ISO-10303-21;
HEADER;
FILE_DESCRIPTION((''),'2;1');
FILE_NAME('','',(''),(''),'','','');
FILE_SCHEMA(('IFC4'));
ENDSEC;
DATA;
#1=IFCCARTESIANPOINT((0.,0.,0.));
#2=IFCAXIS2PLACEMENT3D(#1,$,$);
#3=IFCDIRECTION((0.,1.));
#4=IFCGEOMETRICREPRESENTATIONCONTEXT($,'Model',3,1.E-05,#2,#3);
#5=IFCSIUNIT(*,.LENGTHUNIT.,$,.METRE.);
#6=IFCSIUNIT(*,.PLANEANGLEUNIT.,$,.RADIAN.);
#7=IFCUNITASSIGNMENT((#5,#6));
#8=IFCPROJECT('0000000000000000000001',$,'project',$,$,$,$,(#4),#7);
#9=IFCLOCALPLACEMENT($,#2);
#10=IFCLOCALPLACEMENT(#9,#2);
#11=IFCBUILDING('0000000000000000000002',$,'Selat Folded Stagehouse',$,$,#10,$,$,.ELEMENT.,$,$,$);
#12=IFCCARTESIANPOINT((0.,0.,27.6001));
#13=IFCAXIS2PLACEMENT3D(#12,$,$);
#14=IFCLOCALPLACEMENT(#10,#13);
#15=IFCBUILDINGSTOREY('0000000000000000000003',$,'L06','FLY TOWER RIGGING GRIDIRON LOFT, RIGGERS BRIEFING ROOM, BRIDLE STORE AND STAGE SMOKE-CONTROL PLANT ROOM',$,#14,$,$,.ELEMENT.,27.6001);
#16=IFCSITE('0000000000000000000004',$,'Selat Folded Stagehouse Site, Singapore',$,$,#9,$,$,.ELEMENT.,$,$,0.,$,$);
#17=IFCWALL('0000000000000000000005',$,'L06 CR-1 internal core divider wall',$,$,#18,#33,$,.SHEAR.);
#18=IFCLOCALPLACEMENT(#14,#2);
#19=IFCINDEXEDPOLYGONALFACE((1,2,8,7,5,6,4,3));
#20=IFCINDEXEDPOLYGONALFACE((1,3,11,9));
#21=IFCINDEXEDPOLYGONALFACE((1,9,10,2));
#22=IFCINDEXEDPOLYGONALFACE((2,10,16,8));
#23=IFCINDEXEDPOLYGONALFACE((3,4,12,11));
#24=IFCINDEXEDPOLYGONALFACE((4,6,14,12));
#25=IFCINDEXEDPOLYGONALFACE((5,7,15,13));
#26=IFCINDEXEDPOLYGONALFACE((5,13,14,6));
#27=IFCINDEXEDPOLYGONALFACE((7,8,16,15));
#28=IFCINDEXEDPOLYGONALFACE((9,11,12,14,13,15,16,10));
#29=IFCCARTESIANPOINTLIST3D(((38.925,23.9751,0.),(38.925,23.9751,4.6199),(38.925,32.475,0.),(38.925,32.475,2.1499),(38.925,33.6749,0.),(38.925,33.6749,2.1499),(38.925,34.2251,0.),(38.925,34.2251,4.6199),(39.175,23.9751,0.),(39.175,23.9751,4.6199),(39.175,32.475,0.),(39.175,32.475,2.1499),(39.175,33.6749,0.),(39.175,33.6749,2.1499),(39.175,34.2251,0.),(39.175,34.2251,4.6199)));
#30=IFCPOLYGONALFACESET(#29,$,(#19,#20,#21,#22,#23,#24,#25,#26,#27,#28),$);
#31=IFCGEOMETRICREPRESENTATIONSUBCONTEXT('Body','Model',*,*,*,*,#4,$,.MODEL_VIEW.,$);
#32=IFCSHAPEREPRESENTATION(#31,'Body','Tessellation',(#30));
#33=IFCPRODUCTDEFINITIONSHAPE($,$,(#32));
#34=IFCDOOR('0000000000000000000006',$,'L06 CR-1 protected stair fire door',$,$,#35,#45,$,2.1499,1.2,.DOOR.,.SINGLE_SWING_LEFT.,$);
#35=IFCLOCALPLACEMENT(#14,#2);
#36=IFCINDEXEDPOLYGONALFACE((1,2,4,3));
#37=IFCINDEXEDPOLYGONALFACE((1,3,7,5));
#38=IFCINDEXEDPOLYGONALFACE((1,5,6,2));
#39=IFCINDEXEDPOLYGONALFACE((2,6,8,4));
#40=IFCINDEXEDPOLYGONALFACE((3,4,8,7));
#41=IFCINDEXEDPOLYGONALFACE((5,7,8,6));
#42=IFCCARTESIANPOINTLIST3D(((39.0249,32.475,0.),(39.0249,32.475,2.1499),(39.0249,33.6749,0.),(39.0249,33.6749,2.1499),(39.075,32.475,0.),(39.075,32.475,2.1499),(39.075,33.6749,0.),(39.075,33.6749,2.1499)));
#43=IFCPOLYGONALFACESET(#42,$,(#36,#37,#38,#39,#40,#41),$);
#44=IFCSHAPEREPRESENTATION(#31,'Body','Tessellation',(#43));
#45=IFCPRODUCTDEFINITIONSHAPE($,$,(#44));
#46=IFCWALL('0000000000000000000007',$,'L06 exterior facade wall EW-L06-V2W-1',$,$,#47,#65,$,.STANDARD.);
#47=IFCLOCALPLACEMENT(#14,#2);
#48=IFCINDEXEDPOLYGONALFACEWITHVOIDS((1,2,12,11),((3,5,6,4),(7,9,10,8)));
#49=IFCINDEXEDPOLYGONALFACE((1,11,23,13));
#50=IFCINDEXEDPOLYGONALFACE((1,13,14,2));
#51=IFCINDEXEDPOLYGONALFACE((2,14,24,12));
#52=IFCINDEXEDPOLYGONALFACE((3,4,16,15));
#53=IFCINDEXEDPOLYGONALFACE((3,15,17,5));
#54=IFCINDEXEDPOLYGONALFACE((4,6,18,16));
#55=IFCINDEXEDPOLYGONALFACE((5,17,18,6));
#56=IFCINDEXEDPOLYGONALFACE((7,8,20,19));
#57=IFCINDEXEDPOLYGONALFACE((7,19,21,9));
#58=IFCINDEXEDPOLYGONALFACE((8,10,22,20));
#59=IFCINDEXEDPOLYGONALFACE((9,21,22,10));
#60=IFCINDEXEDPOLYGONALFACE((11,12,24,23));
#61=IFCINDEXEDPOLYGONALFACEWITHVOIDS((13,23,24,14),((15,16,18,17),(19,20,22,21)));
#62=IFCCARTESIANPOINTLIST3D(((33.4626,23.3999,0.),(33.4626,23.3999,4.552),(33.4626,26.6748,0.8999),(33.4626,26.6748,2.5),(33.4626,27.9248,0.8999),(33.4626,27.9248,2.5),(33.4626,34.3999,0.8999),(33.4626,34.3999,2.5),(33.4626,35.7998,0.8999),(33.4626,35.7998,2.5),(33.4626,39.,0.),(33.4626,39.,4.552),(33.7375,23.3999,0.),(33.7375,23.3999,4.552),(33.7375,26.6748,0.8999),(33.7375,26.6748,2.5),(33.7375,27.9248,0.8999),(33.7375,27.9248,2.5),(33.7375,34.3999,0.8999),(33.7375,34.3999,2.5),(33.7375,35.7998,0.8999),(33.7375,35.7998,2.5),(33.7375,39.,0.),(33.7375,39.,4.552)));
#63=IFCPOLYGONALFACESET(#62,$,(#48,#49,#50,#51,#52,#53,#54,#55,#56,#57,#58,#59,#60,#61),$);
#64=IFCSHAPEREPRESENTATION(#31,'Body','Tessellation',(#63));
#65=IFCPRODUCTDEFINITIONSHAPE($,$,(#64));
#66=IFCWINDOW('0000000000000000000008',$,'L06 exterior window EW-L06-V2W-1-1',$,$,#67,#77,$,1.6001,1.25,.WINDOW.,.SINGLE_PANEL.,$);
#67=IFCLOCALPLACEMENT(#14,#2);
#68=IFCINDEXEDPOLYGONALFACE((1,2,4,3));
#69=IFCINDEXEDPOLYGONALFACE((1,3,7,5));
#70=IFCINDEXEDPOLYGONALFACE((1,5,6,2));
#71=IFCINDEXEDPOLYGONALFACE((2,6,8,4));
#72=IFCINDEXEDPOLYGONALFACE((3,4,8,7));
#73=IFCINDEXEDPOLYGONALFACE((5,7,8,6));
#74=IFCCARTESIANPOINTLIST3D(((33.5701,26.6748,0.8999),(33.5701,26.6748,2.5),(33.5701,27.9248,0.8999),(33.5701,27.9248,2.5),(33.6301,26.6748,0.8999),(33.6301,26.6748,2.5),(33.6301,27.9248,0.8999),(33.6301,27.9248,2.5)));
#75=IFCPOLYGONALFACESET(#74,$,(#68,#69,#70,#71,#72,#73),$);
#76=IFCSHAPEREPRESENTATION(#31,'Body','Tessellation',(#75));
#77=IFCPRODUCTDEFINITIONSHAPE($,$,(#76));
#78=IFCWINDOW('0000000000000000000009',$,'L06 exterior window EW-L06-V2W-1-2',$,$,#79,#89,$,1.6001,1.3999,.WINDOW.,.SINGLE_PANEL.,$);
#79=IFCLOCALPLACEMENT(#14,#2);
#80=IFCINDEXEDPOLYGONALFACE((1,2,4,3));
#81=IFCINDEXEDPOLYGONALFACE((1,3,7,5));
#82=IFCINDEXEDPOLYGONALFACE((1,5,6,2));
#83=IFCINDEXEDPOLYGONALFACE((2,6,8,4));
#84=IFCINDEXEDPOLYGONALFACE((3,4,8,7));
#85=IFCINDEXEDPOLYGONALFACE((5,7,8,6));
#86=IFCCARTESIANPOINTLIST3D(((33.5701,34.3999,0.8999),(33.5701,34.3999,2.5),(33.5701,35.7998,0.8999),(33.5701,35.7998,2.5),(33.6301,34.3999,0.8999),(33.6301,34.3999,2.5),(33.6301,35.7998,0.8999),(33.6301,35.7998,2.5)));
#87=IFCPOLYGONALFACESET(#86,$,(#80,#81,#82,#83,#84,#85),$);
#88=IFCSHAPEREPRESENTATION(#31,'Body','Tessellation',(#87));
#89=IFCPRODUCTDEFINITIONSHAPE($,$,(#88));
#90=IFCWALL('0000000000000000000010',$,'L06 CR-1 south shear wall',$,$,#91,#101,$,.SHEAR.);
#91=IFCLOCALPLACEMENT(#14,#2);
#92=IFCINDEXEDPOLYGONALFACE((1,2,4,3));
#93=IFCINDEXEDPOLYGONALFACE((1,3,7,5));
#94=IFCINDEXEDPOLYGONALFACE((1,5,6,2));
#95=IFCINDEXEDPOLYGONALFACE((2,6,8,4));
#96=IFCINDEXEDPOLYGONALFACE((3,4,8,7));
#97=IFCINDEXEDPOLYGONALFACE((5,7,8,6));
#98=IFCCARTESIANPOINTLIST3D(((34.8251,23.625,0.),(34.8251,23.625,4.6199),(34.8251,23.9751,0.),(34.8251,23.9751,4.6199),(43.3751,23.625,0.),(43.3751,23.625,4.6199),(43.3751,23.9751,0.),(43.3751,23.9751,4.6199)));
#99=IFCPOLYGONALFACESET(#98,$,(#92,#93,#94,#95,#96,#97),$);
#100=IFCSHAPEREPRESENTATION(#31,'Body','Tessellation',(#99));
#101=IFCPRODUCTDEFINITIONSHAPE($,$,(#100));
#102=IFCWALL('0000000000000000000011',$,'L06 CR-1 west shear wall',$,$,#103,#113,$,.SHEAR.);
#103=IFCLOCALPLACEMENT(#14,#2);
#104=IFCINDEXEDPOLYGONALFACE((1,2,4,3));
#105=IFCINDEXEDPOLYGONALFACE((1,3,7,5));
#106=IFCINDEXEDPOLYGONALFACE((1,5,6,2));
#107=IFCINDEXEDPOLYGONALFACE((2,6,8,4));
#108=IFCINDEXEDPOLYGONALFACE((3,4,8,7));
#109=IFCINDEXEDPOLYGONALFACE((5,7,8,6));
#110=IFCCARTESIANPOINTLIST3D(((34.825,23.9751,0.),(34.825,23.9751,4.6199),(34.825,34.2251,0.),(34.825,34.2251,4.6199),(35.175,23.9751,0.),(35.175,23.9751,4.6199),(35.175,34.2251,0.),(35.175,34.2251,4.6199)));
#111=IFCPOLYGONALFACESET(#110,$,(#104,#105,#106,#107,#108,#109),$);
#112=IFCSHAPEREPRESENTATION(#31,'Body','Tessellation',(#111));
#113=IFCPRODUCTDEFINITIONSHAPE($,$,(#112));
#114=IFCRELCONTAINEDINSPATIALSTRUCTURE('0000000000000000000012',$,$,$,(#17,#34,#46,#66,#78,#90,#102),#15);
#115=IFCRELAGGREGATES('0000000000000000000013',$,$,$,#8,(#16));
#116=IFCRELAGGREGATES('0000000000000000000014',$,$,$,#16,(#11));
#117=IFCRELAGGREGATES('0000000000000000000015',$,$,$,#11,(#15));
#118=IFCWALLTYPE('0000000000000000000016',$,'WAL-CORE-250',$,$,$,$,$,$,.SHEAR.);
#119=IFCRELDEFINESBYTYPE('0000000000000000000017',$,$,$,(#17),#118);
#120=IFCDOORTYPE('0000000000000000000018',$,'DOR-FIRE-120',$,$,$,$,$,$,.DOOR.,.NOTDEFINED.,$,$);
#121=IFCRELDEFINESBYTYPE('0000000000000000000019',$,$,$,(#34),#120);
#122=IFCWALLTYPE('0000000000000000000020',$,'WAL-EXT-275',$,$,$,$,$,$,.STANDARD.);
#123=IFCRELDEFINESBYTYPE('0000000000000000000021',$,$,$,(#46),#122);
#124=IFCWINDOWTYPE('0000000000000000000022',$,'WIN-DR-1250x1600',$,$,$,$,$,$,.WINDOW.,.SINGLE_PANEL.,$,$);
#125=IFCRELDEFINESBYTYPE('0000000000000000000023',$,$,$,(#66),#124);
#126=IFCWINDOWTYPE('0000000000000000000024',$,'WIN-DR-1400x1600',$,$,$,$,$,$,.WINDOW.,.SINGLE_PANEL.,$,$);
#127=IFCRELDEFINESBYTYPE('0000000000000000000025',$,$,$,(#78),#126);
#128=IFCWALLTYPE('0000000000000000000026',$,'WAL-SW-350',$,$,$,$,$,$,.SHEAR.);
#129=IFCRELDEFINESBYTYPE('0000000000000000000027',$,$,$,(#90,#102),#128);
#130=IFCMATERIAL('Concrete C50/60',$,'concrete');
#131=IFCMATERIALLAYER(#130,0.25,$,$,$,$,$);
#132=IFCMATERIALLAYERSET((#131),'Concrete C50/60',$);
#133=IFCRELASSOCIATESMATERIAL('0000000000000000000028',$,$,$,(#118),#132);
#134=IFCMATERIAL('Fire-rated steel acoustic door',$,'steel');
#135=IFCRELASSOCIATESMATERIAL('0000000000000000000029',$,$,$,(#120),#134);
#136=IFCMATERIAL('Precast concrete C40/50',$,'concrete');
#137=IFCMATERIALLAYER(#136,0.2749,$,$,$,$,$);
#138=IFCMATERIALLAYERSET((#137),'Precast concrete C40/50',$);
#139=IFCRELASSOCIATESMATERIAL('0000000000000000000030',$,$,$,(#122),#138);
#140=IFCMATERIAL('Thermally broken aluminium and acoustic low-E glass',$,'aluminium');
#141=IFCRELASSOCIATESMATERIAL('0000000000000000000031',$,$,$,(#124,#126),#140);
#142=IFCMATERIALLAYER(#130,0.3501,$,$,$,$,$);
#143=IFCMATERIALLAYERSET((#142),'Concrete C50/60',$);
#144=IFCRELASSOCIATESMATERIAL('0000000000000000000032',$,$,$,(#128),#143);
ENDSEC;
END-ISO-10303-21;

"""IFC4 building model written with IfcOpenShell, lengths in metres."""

from ifc_helpers import new_model, si_unit, direction, frame, frame_2d, origin, place, context, subcontext, project, spatial, rectangle, extrude, material, layer, layer_set, type_object, element, fill, save


model = new_model("IFC4")

# Units and contexts
model_context = context("Model", 3, precision=1e-05, world=origin(), true_north=direction((0.0, 1.0)))
body_context = subcontext(model_context, "Body", "Model", "MODEL_VIEW")
ifc_project = project(units=[si_unit("LENGTHUNIT", "METRE"), si_unit("PLANEANGLEUNIT", "RADIAN")], contexts=[model_context])

# Site, building, storey
site_placement = place(None, origin())
site = spatial("IfcSite", under=ifc_project, at=site_placement, Name="Selat Folded Stagehouse Site, Singapore", CompositionType="ELEMENT", RefElevation=0.0)
building_placement = place(site_placement, origin())
building = spatial("IfcBuilding", under=site, at=building_placement, Name="Selat Folded Stagehouse", CompositionType="ELEMENT")
storey_placement = place(building_placement, frame((0.0, 0.0, 27.6001)))
storey = spatial("IfcBuildingStorey", under=building, at=storey_placement, Name="L06", Description="FLY TOWER RIGGING GRIDIRON LOFT, RIGGERS BRIEFING ROOM, BRIDLE STORE AND STAGE SMOKE-CONTROL PLANT ROOM", CompositionType="ELEMENT", Elevation=27.6001)

# Wall, opening, door
ifc_material_1 = material(Name="Concrete C50/60", Category="concrete")
ifc_layer_1 = layer(ifc_material_1, 0.25)
ifc_layer_set_1 = layer_set([ifc_layer_1], Name="Concrete C50/60")
wall_type_1 = type_object("IfcWallType", Name="WAL-CORE-250", PredefinedType="SHEAR", material=ifc_layer_set_1)
wall_1_placement = place(storey_placement, frame((39.05, 34.2251, 0.0), z_axis=(0.0, 0.0, 1.0), x_axis=(0.0, -1.0, 0.0)))
wall_1 = element("IfcWall", 1, at=wall_1_placement, inside=storey, type_object=wall_type_1, Name="L06 CR-1 internal core divider wall", PredefinedType="SHEAR", context=body_context, shape_type="SweptSolid", body=[
    extrude(rectangle(XDim=10.25, YDim=0.25, at=frame_2d((5.125, 0.0))), origin(), (0.0, 0.0, 1.0), 4.6199),
])
opening_1_placement = place(wall_1_placement, frame((0.55, 0.0, 0.0)))
opening_1 = element("IfcOpeningElement", 2, at=opening_1_placement, cuts=wall_1, PredefinedType="OPENING", context=body_context, shape_type="SweptSolid", body=[
    extrude(rectangle(XDim=1.2, YDim=2.1499, at=frame_2d((0.6001, 1.075))), frame((0.0, 0.135, 0.0), z_axis=(0.0, -1.0, 0.0), x_axis=(1.0, 0.0, 0.0)), (0.0, 0.0, 1.0), 0.27),
])
ifc_material_2 = material(Name="Fire-rated steel acoustic door", Category="steel")
door_type_1 = type_object("IfcDoorType", Name="DOR-FIRE-120", OperationType="NOTDEFINED", PredefinedType="DOOR", material=ifc_material_2)
door_1_placement = place(opening_1_placement, origin())
door_1 = element("IfcDoor", 3, at=door_1_placement, inside=storey, type_object=door_type_1, Name="L06 CR-1 protected stair fire door", OperationType="SINGLE_SWING_LEFT", OverallHeight=2.1499, OverallWidth=1.2, PredefinedType="DOOR", context=body_context, shape_type="SweptSolid", body=[
    extrude(rectangle(XDim=1.2, YDim=2.1499, at=frame_2d((0.6001, 1.075))), frame((0.0, 0.0249, 0.0), z_axis=(0.0, -1.0, 0.0), x_axis=(1.0, 0.0, 0.0)), (0.0, 0.0, 1.0), 0.05),
])
fill(opening_1, door_1)

# Wall, openings, windows
ifc_material_3 = material(Name="Precast concrete C40/50", Category="concrete")
ifc_layer_2 = layer(ifc_material_3, 0.2749)
ifc_layer_set_2 = layer_set([ifc_layer_2], Name="Precast concrete C40/50")
wall_type_2 = type_object("IfcWallType", Name="WAL-EXT-275", PredefinedType="STANDARD", material=ifc_layer_set_2)
wall_2_placement = place(storey_placement, frame((33.6001, 23.3999, 0.0), z_axis=(0.0, 0.0, 1.0), x_axis=(0.0, 1.0, 0.0)))
wall_2 = element("IfcWall", 4, at=wall_2_placement, inside=storey, type_object=wall_type_2, Name="L06 exterior facade wall EW-L06-V2W-1", PredefinedType="STANDARD", context=body_context, shape_type="SweptSolid", body=[
    extrude(rectangle(XDim=15.6001, YDim=0.2749, at=frame_2d((7.8, 0.0))), origin(), (0.0, 0.0, 1.0), 4.552),
])
opening_2_placement = place(wall_2_placement, frame((3.2749, 0.0, 0.8999)))
opening_2 = element("IfcOpeningElement", 5, at=opening_2_placement, cuts=wall_2, PredefinedType="OPENING", context=body_context, shape_type="SweptSolid", body=[
    extrude(rectangle(XDim=1.25, YDim=1.6001, at=frame_2d((0.625, 0.8))), frame((0.0, 0.1475, 0.0), z_axis=(0.0, -1.0, 0.0), x_axis=(1.0, 0.0, 0.0)), (0.0, 0.0, 1.0), 0.2949),
])
opening_3_placement = place(wall_2_placement, frame((11.0, 0.0, 0.8999)))
opening_3 = element("IfcOpeningElement", 6, at=opening_3_placement, cuts=wall_2, PredefinedType="OPENING", context=body_context, shape_type="SweptSolid", body=[
    extrude(rectangle(XDim=1.3999, YDim=1.6001, at=frame_2d((0.7, 0.8))), frame((0.0, 0.1475, 0.0), z_axis=(0.0, -1.0, 0.0), x_axis=(1.0, 0.0, 0.0)), (0.0, 0.0, 1.0), 0.2949),
])
ifc_material_4 = material(Name="Thermally broken aluminium and acoustic low-E glass", Category="aluminium")
window_type_1 = type_object("IfcWindowType", Name="WIN-DR-1250x1600", PartitioningType="SINGLE_PANEL", PredefinedType="WINDOW", material=ifc_material_4)
window_1_placement = place(opening_2_placement, origin())
window_1 = element("IfcWindow", 7, at=window_1_placement, inside=storey, type_object=window_type_1, Name="L06 exterior window EW-L06-V2W-1-1", OverallHeight=1.6001, OverallWidth=1.25, PartitioningType="SINGLE_PANEL", PredefinedType="WINDOW", context=body_context, shape_type="SweptSolid", body=[
    extrude(rectangle(XDim=1.25, YDim=1.6001, at=frame_2d((0.625, 0.8))), frame((0.0, 0.03, 0.0), z_axis=(0.0, -1.0, 0.0), x_axis=(1.0, 0.0, 0.0)), (0.0, 0.0, 1.0), 0.0601),
])
fill(opening_2, window_1)
window_type_2 = type_object("IfcWindowType", Name="WIN-DR-1400x1600", PartitioningType="SINGLE_PANEL", PredefinedType="WINDOW", material=ifc_material_4)
window_2_placement = place(opening_3_placement, origin())
window_2 = element("IfcWindow", 8, at=window_2_placement, inside=storey, type_object=window_type_2, Name="L06 exterior window EW-L06-V2W-1-2", OverallHeight=1.6001, OverallWidth=1.3999, PartitioningType="SINGLE_PANEL", PredefinedType="WINDOW", context=body_context, shape_type="SweptSolid", body=[
    extrude(rectangle(XDim=1.3999, YDim=1.6001, at=frame_2d((0.7, 0.8))), frame((0.0, 0.03, 0.0), z_axis=(0.0, -1.0, 0.0), x_axis=(1.0, 0.0, 0.0)), (0.0, 0.0, 1.0), 0.0601),
])
fill(opening_3, window_2)

# Walls
ifc_layer_3 = layer(ifc_material_1, 0.3501)
ifc_layer_set_3 = layer_set([ifc_layer_3], Name="Concrete C50/60")
wall_type_3 = type_object("IfcWallType", Name="WAL-SW-350", PredefinedType="SHEAR", material=ifc_layer_set_3)
wall_3_placement = place(storey_placement, frame((43.375, 23.8, 0.0), z_axis=(0.0, 0.0, 1.0), x_axis=(-1.0, 0.0, 0.0)))
element("IfcWall", 9, at=wall_3_placement, inside=storey, type_object=wall_type_3, Name="L06 CR-1 south shear wall", PredefinedType="SHEAR", context=body_context, shape_type="SweptSolid", body=[
    extrude(rectangle(XDim=8.55, YDim=0.3501, at=frame_2d((4.2749, 0.0))), origin(), (0.0, 0.0, 1.0), 4.6199),
])
wall_4_placement = place(storey_placement, frame((35.0, 23.9751, 0.0), z_axis=(0.0, 0.0, 1.0), x_axis=(0.0, 1.0, 0.0)))
element("IfcWall", 10, at=wall_4_placement, inside=storey, type_object=wall_type_3, Name="L06 CR-1 west shear wall", PredefinedType="SHEAR", context=body_context, shape_type="SweptSolid", body=[
    extrude(rectangle(XDim=10.25, YDim=0.3501, at=frame_2d((5.125, 0.0))), origin(), (0.0, 0.0, 1.0), 4.6199),
])

save(model, "model.ifc")
